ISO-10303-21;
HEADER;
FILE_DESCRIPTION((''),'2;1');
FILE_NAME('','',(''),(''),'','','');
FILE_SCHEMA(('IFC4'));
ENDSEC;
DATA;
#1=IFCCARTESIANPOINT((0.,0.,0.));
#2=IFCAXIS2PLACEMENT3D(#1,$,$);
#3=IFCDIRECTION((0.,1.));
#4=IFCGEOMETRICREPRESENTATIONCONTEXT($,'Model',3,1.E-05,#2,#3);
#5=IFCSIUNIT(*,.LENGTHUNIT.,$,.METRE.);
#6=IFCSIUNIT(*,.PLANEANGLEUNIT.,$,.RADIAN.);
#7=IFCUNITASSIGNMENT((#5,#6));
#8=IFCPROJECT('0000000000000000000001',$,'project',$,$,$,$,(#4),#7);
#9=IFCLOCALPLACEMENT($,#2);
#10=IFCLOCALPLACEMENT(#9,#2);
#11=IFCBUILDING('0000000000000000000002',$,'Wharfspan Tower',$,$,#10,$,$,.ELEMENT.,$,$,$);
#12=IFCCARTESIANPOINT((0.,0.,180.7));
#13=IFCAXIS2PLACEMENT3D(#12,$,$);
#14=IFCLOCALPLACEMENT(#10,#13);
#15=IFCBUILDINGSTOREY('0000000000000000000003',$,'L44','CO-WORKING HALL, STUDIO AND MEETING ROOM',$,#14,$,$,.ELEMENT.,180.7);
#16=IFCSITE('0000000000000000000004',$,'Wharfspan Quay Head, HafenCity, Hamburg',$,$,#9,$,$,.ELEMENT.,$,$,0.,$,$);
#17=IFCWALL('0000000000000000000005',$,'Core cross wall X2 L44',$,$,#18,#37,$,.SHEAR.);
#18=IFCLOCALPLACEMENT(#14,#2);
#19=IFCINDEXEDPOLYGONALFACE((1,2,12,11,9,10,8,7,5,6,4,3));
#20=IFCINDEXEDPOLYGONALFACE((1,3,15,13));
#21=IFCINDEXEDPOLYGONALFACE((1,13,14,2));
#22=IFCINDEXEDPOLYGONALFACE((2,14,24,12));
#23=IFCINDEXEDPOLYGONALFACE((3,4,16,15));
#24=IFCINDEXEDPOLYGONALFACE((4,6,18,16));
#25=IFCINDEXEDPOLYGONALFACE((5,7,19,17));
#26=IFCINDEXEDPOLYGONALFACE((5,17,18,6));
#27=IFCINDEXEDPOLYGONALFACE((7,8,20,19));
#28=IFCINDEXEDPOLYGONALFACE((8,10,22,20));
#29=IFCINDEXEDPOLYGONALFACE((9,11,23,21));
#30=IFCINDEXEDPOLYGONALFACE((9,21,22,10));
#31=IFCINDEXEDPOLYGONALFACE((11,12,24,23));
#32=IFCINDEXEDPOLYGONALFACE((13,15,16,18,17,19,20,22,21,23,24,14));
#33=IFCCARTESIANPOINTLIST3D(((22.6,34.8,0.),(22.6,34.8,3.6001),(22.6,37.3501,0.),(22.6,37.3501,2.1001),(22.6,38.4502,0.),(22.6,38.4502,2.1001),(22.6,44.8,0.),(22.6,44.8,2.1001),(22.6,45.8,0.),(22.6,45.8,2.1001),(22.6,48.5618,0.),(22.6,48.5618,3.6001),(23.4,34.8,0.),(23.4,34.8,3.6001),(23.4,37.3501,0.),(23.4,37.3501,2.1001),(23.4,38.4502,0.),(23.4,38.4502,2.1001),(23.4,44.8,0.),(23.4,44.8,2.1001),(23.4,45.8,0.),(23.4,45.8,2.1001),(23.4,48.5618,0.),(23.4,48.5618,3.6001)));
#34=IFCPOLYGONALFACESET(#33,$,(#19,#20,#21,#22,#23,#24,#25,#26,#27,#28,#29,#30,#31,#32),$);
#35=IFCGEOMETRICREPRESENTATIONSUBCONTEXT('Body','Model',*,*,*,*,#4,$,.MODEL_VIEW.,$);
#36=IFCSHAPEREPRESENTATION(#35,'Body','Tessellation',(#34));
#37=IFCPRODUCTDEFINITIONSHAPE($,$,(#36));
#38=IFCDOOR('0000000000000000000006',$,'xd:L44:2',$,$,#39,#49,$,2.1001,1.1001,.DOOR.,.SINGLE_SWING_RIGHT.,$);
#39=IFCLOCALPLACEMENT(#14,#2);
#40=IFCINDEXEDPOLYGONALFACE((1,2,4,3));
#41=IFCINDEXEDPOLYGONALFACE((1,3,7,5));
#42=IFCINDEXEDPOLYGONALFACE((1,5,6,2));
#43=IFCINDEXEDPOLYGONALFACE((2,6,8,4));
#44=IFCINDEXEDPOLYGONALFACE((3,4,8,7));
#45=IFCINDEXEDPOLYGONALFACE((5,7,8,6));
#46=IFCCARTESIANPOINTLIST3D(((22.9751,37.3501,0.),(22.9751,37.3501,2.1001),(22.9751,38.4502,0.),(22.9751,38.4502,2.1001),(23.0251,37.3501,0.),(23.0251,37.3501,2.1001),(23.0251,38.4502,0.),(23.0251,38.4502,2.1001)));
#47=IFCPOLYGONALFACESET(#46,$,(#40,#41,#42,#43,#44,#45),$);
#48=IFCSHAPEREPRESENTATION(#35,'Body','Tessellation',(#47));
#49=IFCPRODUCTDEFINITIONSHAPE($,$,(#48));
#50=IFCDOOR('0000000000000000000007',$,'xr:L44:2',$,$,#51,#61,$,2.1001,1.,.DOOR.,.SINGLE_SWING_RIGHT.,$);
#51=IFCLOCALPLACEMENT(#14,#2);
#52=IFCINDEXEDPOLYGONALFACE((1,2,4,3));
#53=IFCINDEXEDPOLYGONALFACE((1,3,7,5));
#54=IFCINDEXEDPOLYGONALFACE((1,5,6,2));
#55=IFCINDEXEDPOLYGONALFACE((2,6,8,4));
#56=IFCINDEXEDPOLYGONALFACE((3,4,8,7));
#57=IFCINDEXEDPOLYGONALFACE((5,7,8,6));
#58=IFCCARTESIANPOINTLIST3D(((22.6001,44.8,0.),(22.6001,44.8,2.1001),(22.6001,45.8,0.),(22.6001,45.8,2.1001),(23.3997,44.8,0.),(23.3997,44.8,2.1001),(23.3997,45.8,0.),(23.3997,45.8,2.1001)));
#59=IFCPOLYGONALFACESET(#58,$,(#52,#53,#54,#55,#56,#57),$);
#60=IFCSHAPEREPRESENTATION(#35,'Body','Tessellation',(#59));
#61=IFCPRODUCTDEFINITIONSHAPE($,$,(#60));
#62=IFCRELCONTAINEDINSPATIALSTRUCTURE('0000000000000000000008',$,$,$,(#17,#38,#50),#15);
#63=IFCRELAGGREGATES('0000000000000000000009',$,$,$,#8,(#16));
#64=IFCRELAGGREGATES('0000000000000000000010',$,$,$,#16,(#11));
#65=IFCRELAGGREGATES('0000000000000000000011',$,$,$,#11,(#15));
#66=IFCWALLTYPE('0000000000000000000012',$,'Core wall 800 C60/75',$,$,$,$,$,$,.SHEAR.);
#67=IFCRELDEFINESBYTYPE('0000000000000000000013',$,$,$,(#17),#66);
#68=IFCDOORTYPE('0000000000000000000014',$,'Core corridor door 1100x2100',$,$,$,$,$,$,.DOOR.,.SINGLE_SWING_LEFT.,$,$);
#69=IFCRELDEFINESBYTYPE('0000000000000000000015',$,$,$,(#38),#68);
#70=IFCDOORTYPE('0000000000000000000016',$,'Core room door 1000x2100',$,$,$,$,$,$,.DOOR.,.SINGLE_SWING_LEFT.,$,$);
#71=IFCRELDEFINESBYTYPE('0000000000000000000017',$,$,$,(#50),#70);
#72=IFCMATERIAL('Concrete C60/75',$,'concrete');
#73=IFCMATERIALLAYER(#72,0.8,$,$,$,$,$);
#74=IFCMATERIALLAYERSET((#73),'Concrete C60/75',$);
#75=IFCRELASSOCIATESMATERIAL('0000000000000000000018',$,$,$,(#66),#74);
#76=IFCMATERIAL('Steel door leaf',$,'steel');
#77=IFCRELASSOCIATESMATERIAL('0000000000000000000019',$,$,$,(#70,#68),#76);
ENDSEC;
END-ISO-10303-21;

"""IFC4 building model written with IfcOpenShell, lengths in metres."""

from ifc_helpers import new_model, si_unit, direction, frame, frame_2d, origin, place, context, subcontext, project, spatial, rectangle, extrude, material, layer, layer_set, type_object, element, fill, save


model = new_model("IFC4")

# Units and contexts
model_context = context("Model", 3, precision=1e-05, world=origin(), true_north=direction((0.0, 1.0)))
body_context = subcontext(model_context, "Body", "Model", "MODEL_VIEW")
ifc_project = project(units=[si_unit("LENGTHUNIT", "METRE"), si_unit("PLANEANGLEUNIT", "RADIAN")], contexts=[model_context])

# Site, building, storey
site_placement = place(None, origin())
site = spatial("IfcSite", under=ifc_project, at=site_placement, Name="Wharfspan Quay Head, HafenCity, Hamburg", CompositionType="ELEMENT", RefElevation=0.0)
building_placement = place(site_placement, origin())
building = spatial("IfcBuilding", under=site, at=building_placement, Name="Wharfspan Tower", CompositionType="ELEMENT")
storey_placement = place(building_placement, frame((0.0, 0.0, 180.7)))
storey = spatial("IfcBuildingStorey", under=building, at=storey_placement, Name="L44", Description="CO-WORKING HALL, STUDIO AND MEETING ROOM", CompositionType="ELEMENT", Elevation=180.7)

# Shared definitions
ifc_material_1 = material(Name="Concrete C60/75", Category="concrete")
ifc_layer_1 = layer(ifc_material_1, 0.8)
ifc_layer_set_1 = layer_set([ifc_layer_1], Name="Concrete C60/75")
wall_type_1 = type_object("IfcWallType", Name="Core wall 800 C60/75", PredefinedType="SHEAR", material=ifc_layer_set_1)
ifc_material_2 = material(Name="Steel door leaf", Category="steel")
door_type_1 = type_object("IfcDoorType", Name="Core room door 1000x2100", OperationType="SINGLE_SWING_LEFT", PredefinedType="DOOR", material=ifc_material_2)

# Wall, openings, doors
wall_1_placement = place(storey_placement, frame((23.0, 34.8, 0.0), z_axis=(0.0, 0.0, 1.0), x_axis=(0.0, 1.0, 0.0)))
wall_1 = element("IfcWall", 1, at=wall_1_placement, inside=storey, type_object=wall_type_1, Name="Core cross wall X2 L44", PredefinedType="SHEAR", context=body_context, shape_type="SweptSolid", body=[
    extrude(rectangle(XDim=13.7617, YDim=0.8, at=frame_2d((6.8809, 0.0))), origin(), (0.0, 0.0, 1.0), 3.6001),
])
opening_1_placement = place(wall_1_placement, frame((2.55, 0.0, 0.0)))
opening_1 = element("IfcOpeningElement", 2, at=opening_1_placement, cuts=wall_1, PredefinedType="OPENING", context=body_context, shape_type="SweptSolid", body=[
    extrude(rectangle(XDim=1.1001, YDim=2.1001, at=frame_2d((0.55, 1.05))), frame((0.0, 0.4099, 0.0), z_axis=(0.0, -1.0, 0.0), x_axis=(1.0, 0.0, 0.0)), (0.0, 0.0, 1.0), 0.8201),
])
opening_2_placement = place(wall_1_placement, frame((10.0, 0.0, 0.0)))
opening_2 = element("IfcOpeningElement", 3, at=opening_2_placement, cuts=wall_1, PredefinedType="OPENING", context=body_context, shape_type="SweptSolid", body=[
    extrude(rectangle(XDim=1.0, YDim=2.1001, at=frame_2d((0.5, 1.05))), frame((0.0, 0.4099, 0.0), z_axis=(0.0, -1.0, 0.0), x_axis=(1.0, 0.0, 0.0)), (0.0, 0.0, 1.0), 0.8201),
])
door_type_2 = type_object("IfcDoorType", Name="Core corridor door 1100x2100", OperationType="SINGLE_SWING_LEFT", PredefinedType="DOOR", material=ifc_material_2)
door_1_placement = place(opening_1_placement, origin())
door_1 = element("IfcDoor", 4, at=door_1_placement, inside=storey, type_object=door_type_2, Name="xd:L44:2", OperationType="SINGLE_SWING_RIGHT", OverallHeight=2.1001, OverallWidth=1.1001, PredefinedType="DOOR", context=body_context, shape_type="SweptSolid", body=[
    extrude(rectangle(XDim=1.1001, YDim=2.1001, at=frame_2d((0.55, 1.05))), frame((0.0, 0.0249, 0.0), z_axis=(0.0, -1.0, 0.0), x_axis=(1.0, 0.0, 0.0)), (0.0, 0.0, 1.0), 0.05),
])
fill(opening_1, door_1)
door_2_placement = place(opening_2_placement, origin())
door_2 = element("IfcDoor", 5, at=door_2_placement, inside=storey, type_object=door_type_1, Name="xr:L44:2", OperationType="SINGLE_SWING_RIGHT", OverallHeight=2.1001, OverallWidth=1.0, PredefinedType="DOOR", context=body_context, shape_type="SweptSolid", body=[
    extrude(rectangle(XDim=1.0, YDim=2.1001, at=frame_2d((0.5, 1.05))), frame((0.0, 0.3999, 0.0), z_axis=(0.0, -1.0, 0.0), x_axis=(1.0, 0.0, 0.0)), (0.0, 0.0, 1.0), 0.7996),
])
fill(opening_2, door_2)

save(model, "model.ifc")
